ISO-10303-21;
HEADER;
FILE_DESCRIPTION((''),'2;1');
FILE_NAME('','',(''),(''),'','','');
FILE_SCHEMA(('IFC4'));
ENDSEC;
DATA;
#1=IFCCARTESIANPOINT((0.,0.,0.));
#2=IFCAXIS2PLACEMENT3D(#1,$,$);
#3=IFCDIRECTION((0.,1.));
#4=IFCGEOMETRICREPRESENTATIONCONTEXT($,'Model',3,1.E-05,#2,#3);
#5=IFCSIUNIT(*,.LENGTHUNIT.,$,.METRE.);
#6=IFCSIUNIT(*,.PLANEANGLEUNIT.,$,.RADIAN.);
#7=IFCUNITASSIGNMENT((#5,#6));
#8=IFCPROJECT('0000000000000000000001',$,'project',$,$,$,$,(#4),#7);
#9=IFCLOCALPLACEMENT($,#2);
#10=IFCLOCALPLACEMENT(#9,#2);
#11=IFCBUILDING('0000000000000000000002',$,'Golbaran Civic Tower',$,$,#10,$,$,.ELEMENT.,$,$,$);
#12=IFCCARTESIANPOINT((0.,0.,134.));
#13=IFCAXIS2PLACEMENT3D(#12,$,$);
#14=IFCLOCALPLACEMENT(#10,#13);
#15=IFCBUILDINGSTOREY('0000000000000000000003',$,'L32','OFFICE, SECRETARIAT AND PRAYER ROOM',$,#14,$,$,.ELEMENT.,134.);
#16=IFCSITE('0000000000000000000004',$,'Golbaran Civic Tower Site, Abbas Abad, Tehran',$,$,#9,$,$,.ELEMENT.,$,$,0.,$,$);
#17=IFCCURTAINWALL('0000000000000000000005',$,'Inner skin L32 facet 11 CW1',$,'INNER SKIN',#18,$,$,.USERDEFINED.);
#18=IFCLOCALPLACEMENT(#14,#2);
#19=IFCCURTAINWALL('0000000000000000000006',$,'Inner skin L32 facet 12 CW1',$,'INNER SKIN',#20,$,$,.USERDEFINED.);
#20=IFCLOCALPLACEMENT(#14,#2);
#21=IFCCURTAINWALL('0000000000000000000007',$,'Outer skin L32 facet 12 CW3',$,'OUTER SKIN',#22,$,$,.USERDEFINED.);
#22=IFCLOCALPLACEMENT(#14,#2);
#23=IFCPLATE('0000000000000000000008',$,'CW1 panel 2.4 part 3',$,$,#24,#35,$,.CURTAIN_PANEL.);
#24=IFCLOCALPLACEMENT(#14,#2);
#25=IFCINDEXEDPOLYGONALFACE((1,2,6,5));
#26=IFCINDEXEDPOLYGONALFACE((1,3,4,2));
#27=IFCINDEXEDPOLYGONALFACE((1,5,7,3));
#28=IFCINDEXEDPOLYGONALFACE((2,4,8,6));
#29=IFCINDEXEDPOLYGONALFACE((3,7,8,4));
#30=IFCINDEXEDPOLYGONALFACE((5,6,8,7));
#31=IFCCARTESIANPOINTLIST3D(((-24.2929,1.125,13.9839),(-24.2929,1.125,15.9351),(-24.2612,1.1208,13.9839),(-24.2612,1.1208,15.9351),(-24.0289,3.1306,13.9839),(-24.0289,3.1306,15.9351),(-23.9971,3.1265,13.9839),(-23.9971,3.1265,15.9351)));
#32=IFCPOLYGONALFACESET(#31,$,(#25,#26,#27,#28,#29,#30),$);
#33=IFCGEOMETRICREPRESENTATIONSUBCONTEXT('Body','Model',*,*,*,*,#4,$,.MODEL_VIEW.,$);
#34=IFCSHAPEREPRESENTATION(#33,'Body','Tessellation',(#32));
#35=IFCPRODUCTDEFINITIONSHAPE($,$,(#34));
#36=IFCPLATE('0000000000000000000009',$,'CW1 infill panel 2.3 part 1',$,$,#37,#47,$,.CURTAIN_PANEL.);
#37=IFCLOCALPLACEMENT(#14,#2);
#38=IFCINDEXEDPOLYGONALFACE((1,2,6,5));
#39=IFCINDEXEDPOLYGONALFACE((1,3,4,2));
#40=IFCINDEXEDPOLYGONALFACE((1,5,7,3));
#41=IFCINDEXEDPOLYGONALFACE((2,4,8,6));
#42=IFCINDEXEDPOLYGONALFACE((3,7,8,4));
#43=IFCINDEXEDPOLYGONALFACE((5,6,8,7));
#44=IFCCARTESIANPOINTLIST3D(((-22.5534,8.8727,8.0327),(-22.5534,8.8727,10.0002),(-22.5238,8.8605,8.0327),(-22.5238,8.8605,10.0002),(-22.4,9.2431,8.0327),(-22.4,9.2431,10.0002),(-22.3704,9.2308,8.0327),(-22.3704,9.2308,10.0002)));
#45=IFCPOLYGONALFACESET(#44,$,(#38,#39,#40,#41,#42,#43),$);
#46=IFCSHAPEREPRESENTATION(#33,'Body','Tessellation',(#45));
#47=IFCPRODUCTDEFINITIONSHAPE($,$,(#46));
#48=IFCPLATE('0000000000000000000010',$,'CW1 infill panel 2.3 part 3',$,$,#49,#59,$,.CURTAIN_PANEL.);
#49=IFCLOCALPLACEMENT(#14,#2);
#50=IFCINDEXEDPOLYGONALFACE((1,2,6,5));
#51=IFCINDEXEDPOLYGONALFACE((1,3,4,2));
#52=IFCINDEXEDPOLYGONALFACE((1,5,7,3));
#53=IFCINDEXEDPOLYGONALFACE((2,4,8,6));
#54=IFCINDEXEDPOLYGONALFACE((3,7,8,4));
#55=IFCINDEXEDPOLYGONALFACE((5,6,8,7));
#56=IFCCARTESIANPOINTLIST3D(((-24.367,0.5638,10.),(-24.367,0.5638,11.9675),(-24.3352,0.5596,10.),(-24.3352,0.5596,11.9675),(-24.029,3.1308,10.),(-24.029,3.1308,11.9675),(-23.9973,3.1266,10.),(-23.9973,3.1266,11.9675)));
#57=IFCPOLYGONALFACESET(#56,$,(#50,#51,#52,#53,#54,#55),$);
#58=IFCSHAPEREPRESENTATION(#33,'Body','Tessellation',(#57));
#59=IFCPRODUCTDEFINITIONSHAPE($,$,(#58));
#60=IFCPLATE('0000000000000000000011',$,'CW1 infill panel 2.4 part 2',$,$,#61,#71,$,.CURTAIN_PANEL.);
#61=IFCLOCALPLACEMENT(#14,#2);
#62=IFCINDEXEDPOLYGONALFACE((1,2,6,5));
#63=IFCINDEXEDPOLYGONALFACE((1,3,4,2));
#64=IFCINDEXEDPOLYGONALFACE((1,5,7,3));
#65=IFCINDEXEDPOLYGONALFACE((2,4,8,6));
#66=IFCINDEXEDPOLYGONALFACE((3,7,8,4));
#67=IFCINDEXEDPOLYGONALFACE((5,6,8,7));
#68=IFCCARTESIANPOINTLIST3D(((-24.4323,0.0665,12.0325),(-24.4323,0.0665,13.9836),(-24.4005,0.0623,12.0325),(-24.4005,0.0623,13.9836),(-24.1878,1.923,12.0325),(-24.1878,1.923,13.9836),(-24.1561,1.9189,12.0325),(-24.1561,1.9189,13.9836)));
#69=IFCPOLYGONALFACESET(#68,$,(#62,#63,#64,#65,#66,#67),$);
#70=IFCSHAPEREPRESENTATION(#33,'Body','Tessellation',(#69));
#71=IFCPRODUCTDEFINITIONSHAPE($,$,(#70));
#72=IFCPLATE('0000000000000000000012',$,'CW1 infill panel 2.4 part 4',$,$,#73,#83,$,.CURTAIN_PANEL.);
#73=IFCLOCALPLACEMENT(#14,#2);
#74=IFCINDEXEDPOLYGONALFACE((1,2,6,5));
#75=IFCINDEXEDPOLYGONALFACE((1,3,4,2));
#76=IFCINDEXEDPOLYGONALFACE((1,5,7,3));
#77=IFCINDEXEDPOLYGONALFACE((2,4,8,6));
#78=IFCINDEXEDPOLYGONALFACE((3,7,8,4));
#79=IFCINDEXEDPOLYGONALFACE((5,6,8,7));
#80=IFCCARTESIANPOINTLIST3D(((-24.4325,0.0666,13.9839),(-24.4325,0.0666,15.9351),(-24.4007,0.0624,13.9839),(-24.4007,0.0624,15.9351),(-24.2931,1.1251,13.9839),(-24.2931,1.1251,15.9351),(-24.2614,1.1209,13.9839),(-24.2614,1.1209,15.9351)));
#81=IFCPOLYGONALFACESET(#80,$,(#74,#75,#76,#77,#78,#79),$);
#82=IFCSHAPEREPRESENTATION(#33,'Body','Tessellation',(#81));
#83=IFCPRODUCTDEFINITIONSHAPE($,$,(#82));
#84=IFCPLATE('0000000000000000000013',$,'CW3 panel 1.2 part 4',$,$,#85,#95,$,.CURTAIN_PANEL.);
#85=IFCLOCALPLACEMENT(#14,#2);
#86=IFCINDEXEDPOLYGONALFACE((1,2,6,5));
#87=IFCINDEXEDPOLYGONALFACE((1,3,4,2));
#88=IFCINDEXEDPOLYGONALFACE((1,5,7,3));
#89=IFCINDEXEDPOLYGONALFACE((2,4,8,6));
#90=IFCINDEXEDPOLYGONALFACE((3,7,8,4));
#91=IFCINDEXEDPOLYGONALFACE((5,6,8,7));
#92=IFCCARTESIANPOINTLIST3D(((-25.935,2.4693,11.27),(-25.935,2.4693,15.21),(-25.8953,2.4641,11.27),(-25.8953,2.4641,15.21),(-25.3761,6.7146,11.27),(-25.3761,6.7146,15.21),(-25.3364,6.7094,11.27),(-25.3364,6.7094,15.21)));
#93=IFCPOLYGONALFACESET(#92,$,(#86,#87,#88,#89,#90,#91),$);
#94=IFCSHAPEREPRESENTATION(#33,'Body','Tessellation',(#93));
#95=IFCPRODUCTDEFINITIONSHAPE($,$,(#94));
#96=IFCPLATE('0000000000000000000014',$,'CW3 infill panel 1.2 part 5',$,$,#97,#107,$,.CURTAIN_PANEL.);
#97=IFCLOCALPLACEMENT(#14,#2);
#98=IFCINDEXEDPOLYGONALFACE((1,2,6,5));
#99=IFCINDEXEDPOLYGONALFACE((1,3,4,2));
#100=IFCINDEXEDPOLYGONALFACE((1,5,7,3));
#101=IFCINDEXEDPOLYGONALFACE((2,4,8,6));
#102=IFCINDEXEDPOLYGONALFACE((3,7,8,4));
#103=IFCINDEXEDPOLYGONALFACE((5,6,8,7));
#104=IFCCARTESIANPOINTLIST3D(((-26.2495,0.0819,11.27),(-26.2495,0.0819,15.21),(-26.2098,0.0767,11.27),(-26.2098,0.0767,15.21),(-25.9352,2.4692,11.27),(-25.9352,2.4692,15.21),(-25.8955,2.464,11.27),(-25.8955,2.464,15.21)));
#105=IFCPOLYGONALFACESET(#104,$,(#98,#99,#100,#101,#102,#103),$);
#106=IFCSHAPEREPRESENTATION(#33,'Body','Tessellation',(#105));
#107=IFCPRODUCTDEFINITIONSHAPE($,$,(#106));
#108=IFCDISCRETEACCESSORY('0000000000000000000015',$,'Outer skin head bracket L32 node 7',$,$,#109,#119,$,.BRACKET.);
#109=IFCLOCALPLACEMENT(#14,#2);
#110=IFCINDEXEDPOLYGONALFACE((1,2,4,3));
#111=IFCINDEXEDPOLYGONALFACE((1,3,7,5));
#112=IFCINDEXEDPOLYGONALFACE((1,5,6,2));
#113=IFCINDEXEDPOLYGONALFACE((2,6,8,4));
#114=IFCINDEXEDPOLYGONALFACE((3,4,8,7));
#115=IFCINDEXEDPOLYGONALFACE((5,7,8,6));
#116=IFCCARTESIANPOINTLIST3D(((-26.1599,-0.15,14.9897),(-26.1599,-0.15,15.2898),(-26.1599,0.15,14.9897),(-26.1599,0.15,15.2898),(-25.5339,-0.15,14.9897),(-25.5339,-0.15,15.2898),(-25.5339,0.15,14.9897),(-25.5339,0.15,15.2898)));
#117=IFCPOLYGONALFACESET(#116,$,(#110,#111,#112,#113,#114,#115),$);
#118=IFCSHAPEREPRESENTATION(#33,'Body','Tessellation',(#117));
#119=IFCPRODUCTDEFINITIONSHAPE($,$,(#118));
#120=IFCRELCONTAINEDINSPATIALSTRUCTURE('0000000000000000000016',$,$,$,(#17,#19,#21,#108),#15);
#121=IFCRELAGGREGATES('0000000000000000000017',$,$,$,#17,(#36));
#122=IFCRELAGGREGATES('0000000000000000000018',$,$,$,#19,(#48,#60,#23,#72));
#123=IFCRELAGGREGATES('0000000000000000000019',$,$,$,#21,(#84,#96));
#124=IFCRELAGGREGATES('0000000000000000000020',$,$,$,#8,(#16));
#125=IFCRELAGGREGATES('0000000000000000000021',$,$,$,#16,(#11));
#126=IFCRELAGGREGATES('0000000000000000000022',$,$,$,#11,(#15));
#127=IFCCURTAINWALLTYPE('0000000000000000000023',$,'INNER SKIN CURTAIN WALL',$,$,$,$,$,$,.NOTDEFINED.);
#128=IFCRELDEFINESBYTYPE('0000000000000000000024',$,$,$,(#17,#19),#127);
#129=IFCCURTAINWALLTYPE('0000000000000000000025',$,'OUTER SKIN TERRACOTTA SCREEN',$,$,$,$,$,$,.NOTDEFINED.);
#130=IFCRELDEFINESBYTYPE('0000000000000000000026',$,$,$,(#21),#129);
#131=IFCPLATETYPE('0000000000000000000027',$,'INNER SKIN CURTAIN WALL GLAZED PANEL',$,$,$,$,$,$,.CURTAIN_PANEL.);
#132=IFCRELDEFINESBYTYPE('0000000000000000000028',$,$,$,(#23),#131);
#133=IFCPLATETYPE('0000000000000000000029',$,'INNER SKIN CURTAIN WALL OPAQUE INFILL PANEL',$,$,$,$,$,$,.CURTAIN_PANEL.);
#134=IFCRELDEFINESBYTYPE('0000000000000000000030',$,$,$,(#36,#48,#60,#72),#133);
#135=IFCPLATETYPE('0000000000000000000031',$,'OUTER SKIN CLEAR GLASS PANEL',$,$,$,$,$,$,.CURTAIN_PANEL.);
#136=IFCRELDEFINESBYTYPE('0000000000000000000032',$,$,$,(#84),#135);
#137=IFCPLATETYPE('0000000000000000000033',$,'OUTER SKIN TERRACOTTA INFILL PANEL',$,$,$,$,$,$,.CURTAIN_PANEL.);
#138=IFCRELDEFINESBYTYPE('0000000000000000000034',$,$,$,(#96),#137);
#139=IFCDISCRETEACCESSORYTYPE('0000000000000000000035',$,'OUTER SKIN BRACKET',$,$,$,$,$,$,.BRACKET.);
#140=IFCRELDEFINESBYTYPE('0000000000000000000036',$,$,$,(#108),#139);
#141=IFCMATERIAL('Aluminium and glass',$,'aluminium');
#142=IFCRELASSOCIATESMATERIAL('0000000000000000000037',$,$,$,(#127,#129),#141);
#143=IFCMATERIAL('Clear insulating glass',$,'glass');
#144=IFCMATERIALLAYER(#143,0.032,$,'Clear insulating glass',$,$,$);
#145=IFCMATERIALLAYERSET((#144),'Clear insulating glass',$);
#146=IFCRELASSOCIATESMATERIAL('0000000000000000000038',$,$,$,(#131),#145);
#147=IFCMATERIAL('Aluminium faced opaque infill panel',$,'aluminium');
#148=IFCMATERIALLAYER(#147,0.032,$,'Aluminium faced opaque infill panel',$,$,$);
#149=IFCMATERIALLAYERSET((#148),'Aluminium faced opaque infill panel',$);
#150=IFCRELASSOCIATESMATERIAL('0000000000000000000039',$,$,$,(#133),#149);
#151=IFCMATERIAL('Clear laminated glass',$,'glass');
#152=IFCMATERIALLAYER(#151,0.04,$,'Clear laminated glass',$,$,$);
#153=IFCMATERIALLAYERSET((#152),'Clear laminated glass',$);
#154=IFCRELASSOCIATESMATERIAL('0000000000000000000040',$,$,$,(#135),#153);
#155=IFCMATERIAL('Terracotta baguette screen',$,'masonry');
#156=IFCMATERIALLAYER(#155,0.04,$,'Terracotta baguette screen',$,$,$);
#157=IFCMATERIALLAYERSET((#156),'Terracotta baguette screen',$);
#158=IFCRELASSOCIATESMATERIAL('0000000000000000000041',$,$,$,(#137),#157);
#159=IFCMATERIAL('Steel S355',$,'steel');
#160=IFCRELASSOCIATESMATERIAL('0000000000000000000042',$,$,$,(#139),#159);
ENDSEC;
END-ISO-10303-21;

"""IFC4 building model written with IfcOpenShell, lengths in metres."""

from ifc_helpers import new_model, si_unit, direction, frame, origin, origin_2d, place, context, subcontext, project, spatial, rectangle, extrude, material, layer, layer_set, type_object, element, aggregate, save


model = new_model("IFC4")

# Units and contexts
model_context = context("Model", 3, precision=1e-05, world=origin(), true_north=direction((0.0, 1.0)))
body_context = subcontext(model_context, "Body", "Model", "MODEL_VIEW")
ifc_project = project(units=[si_unit("LENGTHUNIT", "METRE"), si_unit("PLANEANGLEUNIT", "RADIAN")], contexts=[model_context])

# Site, building, storey
site_placement = place(None, origin())
site = spatial("IfcSite", under=ifc_project, at=site_placement, Name="Golbaran Civic Tower Site, Abbas Abad, Tehran", CompositionType="ELEMENT", RefElevation=0.0)
building_placement = place(site_placement, origin())
building = spatial("IfcBuilding", under=site, at=building_placement, Name="Golbaran Civic Tower", CompositionType="ELEMENT")
storey_placement = place(building_placement, frame((0.0, 0.0, 134.0)))
storey = spatial("IfcBuildingStorey", under=building, at=storey_placement, Name="L32", Description="OFFICE, SECRETARIAT AND PRAYER ROOM", CompositionType="ELEMENT", Elevation=134.0)

# Curtain walls
ifc_material_1 = material(Name="Aluminium and glass", Category="aluminium")
curtain_wall_type_1 = type_object("IfcCurtainWallType", Name="INNER SKIN CURTAIN WALL", PredefinedType="NOTDEFINED", material=ifc_material_1)
curtain_wall_1_placement = place(storey_placement, origin())
curtain_wall_1 = element("IfcCurtainWall", 1, at=curtain_wall_1_placement, inside=storey, type_object=curtain_wall_type_1, Name="Inner skin L32 facet 11 CW1", ObjectType="INNER SKIN", PredefinedType="USERDEFINED")
curtain_wall_2_placement = place(storey_placement, origin())
curtain_wall_2 = element("IfcCurtainWall", 2, at=curtain_wall_2_placement, inside=storey, type_object=curtain_wall_type_1, Name="Inner skin L32 facet 12 CW1", ObjectType="INNER SKIN", PredefinedType="USERDEFINED")

# Curtain wall
curtain_wall_type_2 = type_object("IfcCurtainWallType", Name="OUTER SKIN TERRACOTTA SCREEN", PredefinedType="NOTDEFINED", material=ifc_material_1)
curtain_wall_3_placement = place(storey_placement, origin())
curtain_wall_3 = element("IfcCurtainWall", 3, at=curtain_wall_3_placement, inside=storey, type_object=curtain_wall_type_2, Name="Outer skin L32 facet 12 CW3", ObjectType="OUTER SKIN", PredefinedType="USERDEFINED")

# Plates
ifc_material_2 = material(Name="Clear insulating glass", Category="glass")
ifc_layer_1 = layer(ifc_material_2, 0.032, Name="Clear insulating glass")
ifc_layer_set_1 = layer_set([ifc_layer_1], Name="Clear insulating glass")
plate_type_1 = type_object("IfcPlateType", Name="INNER SKIN CURTAIN WALL GLAZED PANEL", PredefinedType="CURTAIN_PANEL", material=ifc_layer_set_1)
plate_1_placement = place(storey_placement, frame((-24.145, 2.1257, 13.9839), z_axis=(0.0, 0.0, 1.0), x_axis=(-0.130526, -0.991445, 0.0)))
plate_1 = element("IfcPlate", 4, at=plate_1_placement, type_object=plate_type_1, Name="CW1 panel 2.4 part 3", PredefinedType="CURTAIN_PANEL", context=body_context, shape_type="SweptSolid", body=[
    extrude(rectangle(XDim=2.0229, YDim=0.032, at=origin_2d()), origin(), (0.0, 0.0, 1.0), 1.9512),
])
ifc_material_3 = material(Name="Aluminium faced opaque infill panel", Category="aluminium")
ifc_layer_2 = layer(ifc_material_3, 0.032, Name="Aluminium faced opaque infill panel")
ifc_layer_set_2 = layer_set([ifc_layer_2], Name="Aluminium faced opaque infill panel")
plate_type_2 = type_object("IfcPlateType", Name="INNER SKIN CURTAIN WALL OPAQUE INFILL PANEL", PredefinedType="CURTAIN_PANEL", material=ifc_layer_set_2)
plate_2_placement = place(storey_placement, frame((-22.4619, 9.0518, 8.0327), z_axis=(0.0, 0.0, 1.0), x_axis=(-0.382683, -0.92388, 0.0)))
plate_2 = element("IfcPlate", 5, at=plate_2_placement, type_object=plate_type_2, Name="CW1 infill panel 2.3 part 1", PredefinedType="CURTAIN_PANEL", context=body_context, shape_type="SweptSolid", body=[
    extrude(rectangle(XDim=0.4009, YDim=0.032, at=origin_2d()), origin(), (0.0, 0.0, 1.0), 1.9675),
])
aggregate(curtain_wall_1, [plate_2])
plate_3_placement = place(storey_placement, frame((-24.1821, 1.8452, 10.0), z_axis=(0.0, 0.0, 1.0), x_axis=(-0.130526, -0.991445, 0.0)))
plate_3 = element("IfcPlate", 6, at=plate_3_placement, type_object=plate_type_2, Name="CW1 infill panel 2.3 part 3", PredefinedType="CURTAIN_PANEL", context=body_context, shape_type="SweptSolid", body=[
    extrude(rectangle(XDim=2.5891, YDim=0.032, at=origin_2d()), origin(), (0.0, 0.0, 1.0), 1.9675),
])
plate_4_placement = place(storey_placement, frame((-24.2942, 0.9927, 12.0325), z_axis=(0.0, 0.0, 1.0), x_axis=(-0.130526, -0.991445, 0.0)))
plate_4 = element("IfcPlate", 7, at=plate_4_placement, type_object=plate_type_2, Name="CW1 infill panel 2.4 part 2", PredefinedType="CURTAIN_PANEL", context=body_context, shape_type="SweptSolid", body=[
    extrude(rectangle(XDim=1.8726, YDim=0.032, at=origin_2d()), origin(), (0.0, 0.0, 1.0), 1.9512),
])
plate_5_placement = place(storey_placement, frame((-24.3469, 0.5938, 13.9839), z_axis=(0.0, 0.0, 1.0), x_axis=(-0.130526, -0.991445, 0.0)))
plate_5 = element("IfcPlate", 8, at=plate_5_placement, type_object=plate_type_2, Name="CW1 infill panel 2.4 part 4", PredefinedType="CURTAIN_PANEL", context=body_context, shape_type="SweptSolid", body=[
    extrude(rectangle(XDim=1.0676, YDim=0.032, at=origin_2d()), origin(), (0.0, 0.0, 1.0), 1.9512),
])
aggregate(curtain_wall_2, [plate_3, plate_4, plate_1, plate_5])
ifc_material_4 = material(Name="Clear laminated glass", Category="glass")
ifc_layer_3 = layer(ifc_material_4, 0.04, Name="Clear laminated glass")
ifc_layer_set_3 = layer_set([ifc_layer_3], Name="Clear laminated glass")
plate_type_3 = type_object("IfcPlateType", Name="OUTER SKIN CLEAR GLASS PANEL", PredefinedType="CURTAIN_PANEL", material=ifc_layer_set_3)
plate_6_placement = place(storey_placement, frame((-25.6357, 4.5894, 11.27), z_axis=(0.0, 0.0, 1.0), x_axis=(-0.130526, -0.991445, 0.0)))
plate_6 = element("IfcPlate", 9, at=plate_6_placement, type_object=plate_type_3, Name="CW3 panel 1.2 part 4", PredefinedType="CURTAIN_PANEL", context=body_context, shape_type="SweptSolid", body=[
    extrude(rectangle(XDim=4.282, YDim=0.04, at=origin_2d()), origin(), (0.0, 0.0, 1.0), 3.9399),
])
ifc_material_5 = material(Name="Terracotta baguette screen", Category="masonry")
ifc_layer_4 = layer(ifc_material_5, 0.04, Name="Terracotta baguette screen")
ifc_layer_set_4 = layer_set([ifc_layer_4], Name="Terracotta baguette screen")
plate_type_4 = type_object("IfcPlateType", Name="OUTER SKIN TERRACOTTA INFILL PANEL", PredefinedType="CURTAIN_PANEL", material=ifc_layer_set_4)
plate_7_placement = place(storey_placement, frame((-26.0725, 1.2729, 11.27), z_axis=(0.0, 0.0, 1.0), x_axis=(-0.130526, -0.991445, 0.0)))
plate_7 = element("IfcPlate", 10, at=plate_7_placement, type_object=plate_type_4, Name="CW3 infill panel 1.2 part 5", PredefinedType="CURTAIN_PANEL", context=body_context, shape_type="SweptSolid", body=[
    extrude(rectangle(XDim=2.408, YDim=0.04, at=origin_2d()), origin(), (0.0, 0.0, 1.0), 3.9399),
])
aggregate(curtain_wall_3, [plate_6, plate_7])

# Discrete accessory
ifc_material_6 = material(Name="Steel S355", Category="steel")
discrete_accessory_type = type_object("IfcDiscreteAccessoryType", Name="OUTER SKIN BRACKET", PredefinedType="BRACKET", material=ifc_material_6)
discrete_accessory_placement = place(storey_placement, frame((-25.8469, 0.0, 14.9897), z_axis=(0.0, 0.0, 1.0), x_axis=(-1.0, 0.0, 0.0)))
element("IfcDiscreteAccessory", 11, at=discrete_accessory_placement, inside=storey, type_object=discrete_accessory_type, Name="Outer skin head bracket L32 node 7", PredefinedType="BRACKET", context=body_context, shape_type="SweptSolid", body=[
    extrude(rectangle(XDim=0.626, YDim=0.3, at=origin_2d()), origin(), (0.0, 0.0, 1.0), 0.3),
])

save(model, "model.ifc")
